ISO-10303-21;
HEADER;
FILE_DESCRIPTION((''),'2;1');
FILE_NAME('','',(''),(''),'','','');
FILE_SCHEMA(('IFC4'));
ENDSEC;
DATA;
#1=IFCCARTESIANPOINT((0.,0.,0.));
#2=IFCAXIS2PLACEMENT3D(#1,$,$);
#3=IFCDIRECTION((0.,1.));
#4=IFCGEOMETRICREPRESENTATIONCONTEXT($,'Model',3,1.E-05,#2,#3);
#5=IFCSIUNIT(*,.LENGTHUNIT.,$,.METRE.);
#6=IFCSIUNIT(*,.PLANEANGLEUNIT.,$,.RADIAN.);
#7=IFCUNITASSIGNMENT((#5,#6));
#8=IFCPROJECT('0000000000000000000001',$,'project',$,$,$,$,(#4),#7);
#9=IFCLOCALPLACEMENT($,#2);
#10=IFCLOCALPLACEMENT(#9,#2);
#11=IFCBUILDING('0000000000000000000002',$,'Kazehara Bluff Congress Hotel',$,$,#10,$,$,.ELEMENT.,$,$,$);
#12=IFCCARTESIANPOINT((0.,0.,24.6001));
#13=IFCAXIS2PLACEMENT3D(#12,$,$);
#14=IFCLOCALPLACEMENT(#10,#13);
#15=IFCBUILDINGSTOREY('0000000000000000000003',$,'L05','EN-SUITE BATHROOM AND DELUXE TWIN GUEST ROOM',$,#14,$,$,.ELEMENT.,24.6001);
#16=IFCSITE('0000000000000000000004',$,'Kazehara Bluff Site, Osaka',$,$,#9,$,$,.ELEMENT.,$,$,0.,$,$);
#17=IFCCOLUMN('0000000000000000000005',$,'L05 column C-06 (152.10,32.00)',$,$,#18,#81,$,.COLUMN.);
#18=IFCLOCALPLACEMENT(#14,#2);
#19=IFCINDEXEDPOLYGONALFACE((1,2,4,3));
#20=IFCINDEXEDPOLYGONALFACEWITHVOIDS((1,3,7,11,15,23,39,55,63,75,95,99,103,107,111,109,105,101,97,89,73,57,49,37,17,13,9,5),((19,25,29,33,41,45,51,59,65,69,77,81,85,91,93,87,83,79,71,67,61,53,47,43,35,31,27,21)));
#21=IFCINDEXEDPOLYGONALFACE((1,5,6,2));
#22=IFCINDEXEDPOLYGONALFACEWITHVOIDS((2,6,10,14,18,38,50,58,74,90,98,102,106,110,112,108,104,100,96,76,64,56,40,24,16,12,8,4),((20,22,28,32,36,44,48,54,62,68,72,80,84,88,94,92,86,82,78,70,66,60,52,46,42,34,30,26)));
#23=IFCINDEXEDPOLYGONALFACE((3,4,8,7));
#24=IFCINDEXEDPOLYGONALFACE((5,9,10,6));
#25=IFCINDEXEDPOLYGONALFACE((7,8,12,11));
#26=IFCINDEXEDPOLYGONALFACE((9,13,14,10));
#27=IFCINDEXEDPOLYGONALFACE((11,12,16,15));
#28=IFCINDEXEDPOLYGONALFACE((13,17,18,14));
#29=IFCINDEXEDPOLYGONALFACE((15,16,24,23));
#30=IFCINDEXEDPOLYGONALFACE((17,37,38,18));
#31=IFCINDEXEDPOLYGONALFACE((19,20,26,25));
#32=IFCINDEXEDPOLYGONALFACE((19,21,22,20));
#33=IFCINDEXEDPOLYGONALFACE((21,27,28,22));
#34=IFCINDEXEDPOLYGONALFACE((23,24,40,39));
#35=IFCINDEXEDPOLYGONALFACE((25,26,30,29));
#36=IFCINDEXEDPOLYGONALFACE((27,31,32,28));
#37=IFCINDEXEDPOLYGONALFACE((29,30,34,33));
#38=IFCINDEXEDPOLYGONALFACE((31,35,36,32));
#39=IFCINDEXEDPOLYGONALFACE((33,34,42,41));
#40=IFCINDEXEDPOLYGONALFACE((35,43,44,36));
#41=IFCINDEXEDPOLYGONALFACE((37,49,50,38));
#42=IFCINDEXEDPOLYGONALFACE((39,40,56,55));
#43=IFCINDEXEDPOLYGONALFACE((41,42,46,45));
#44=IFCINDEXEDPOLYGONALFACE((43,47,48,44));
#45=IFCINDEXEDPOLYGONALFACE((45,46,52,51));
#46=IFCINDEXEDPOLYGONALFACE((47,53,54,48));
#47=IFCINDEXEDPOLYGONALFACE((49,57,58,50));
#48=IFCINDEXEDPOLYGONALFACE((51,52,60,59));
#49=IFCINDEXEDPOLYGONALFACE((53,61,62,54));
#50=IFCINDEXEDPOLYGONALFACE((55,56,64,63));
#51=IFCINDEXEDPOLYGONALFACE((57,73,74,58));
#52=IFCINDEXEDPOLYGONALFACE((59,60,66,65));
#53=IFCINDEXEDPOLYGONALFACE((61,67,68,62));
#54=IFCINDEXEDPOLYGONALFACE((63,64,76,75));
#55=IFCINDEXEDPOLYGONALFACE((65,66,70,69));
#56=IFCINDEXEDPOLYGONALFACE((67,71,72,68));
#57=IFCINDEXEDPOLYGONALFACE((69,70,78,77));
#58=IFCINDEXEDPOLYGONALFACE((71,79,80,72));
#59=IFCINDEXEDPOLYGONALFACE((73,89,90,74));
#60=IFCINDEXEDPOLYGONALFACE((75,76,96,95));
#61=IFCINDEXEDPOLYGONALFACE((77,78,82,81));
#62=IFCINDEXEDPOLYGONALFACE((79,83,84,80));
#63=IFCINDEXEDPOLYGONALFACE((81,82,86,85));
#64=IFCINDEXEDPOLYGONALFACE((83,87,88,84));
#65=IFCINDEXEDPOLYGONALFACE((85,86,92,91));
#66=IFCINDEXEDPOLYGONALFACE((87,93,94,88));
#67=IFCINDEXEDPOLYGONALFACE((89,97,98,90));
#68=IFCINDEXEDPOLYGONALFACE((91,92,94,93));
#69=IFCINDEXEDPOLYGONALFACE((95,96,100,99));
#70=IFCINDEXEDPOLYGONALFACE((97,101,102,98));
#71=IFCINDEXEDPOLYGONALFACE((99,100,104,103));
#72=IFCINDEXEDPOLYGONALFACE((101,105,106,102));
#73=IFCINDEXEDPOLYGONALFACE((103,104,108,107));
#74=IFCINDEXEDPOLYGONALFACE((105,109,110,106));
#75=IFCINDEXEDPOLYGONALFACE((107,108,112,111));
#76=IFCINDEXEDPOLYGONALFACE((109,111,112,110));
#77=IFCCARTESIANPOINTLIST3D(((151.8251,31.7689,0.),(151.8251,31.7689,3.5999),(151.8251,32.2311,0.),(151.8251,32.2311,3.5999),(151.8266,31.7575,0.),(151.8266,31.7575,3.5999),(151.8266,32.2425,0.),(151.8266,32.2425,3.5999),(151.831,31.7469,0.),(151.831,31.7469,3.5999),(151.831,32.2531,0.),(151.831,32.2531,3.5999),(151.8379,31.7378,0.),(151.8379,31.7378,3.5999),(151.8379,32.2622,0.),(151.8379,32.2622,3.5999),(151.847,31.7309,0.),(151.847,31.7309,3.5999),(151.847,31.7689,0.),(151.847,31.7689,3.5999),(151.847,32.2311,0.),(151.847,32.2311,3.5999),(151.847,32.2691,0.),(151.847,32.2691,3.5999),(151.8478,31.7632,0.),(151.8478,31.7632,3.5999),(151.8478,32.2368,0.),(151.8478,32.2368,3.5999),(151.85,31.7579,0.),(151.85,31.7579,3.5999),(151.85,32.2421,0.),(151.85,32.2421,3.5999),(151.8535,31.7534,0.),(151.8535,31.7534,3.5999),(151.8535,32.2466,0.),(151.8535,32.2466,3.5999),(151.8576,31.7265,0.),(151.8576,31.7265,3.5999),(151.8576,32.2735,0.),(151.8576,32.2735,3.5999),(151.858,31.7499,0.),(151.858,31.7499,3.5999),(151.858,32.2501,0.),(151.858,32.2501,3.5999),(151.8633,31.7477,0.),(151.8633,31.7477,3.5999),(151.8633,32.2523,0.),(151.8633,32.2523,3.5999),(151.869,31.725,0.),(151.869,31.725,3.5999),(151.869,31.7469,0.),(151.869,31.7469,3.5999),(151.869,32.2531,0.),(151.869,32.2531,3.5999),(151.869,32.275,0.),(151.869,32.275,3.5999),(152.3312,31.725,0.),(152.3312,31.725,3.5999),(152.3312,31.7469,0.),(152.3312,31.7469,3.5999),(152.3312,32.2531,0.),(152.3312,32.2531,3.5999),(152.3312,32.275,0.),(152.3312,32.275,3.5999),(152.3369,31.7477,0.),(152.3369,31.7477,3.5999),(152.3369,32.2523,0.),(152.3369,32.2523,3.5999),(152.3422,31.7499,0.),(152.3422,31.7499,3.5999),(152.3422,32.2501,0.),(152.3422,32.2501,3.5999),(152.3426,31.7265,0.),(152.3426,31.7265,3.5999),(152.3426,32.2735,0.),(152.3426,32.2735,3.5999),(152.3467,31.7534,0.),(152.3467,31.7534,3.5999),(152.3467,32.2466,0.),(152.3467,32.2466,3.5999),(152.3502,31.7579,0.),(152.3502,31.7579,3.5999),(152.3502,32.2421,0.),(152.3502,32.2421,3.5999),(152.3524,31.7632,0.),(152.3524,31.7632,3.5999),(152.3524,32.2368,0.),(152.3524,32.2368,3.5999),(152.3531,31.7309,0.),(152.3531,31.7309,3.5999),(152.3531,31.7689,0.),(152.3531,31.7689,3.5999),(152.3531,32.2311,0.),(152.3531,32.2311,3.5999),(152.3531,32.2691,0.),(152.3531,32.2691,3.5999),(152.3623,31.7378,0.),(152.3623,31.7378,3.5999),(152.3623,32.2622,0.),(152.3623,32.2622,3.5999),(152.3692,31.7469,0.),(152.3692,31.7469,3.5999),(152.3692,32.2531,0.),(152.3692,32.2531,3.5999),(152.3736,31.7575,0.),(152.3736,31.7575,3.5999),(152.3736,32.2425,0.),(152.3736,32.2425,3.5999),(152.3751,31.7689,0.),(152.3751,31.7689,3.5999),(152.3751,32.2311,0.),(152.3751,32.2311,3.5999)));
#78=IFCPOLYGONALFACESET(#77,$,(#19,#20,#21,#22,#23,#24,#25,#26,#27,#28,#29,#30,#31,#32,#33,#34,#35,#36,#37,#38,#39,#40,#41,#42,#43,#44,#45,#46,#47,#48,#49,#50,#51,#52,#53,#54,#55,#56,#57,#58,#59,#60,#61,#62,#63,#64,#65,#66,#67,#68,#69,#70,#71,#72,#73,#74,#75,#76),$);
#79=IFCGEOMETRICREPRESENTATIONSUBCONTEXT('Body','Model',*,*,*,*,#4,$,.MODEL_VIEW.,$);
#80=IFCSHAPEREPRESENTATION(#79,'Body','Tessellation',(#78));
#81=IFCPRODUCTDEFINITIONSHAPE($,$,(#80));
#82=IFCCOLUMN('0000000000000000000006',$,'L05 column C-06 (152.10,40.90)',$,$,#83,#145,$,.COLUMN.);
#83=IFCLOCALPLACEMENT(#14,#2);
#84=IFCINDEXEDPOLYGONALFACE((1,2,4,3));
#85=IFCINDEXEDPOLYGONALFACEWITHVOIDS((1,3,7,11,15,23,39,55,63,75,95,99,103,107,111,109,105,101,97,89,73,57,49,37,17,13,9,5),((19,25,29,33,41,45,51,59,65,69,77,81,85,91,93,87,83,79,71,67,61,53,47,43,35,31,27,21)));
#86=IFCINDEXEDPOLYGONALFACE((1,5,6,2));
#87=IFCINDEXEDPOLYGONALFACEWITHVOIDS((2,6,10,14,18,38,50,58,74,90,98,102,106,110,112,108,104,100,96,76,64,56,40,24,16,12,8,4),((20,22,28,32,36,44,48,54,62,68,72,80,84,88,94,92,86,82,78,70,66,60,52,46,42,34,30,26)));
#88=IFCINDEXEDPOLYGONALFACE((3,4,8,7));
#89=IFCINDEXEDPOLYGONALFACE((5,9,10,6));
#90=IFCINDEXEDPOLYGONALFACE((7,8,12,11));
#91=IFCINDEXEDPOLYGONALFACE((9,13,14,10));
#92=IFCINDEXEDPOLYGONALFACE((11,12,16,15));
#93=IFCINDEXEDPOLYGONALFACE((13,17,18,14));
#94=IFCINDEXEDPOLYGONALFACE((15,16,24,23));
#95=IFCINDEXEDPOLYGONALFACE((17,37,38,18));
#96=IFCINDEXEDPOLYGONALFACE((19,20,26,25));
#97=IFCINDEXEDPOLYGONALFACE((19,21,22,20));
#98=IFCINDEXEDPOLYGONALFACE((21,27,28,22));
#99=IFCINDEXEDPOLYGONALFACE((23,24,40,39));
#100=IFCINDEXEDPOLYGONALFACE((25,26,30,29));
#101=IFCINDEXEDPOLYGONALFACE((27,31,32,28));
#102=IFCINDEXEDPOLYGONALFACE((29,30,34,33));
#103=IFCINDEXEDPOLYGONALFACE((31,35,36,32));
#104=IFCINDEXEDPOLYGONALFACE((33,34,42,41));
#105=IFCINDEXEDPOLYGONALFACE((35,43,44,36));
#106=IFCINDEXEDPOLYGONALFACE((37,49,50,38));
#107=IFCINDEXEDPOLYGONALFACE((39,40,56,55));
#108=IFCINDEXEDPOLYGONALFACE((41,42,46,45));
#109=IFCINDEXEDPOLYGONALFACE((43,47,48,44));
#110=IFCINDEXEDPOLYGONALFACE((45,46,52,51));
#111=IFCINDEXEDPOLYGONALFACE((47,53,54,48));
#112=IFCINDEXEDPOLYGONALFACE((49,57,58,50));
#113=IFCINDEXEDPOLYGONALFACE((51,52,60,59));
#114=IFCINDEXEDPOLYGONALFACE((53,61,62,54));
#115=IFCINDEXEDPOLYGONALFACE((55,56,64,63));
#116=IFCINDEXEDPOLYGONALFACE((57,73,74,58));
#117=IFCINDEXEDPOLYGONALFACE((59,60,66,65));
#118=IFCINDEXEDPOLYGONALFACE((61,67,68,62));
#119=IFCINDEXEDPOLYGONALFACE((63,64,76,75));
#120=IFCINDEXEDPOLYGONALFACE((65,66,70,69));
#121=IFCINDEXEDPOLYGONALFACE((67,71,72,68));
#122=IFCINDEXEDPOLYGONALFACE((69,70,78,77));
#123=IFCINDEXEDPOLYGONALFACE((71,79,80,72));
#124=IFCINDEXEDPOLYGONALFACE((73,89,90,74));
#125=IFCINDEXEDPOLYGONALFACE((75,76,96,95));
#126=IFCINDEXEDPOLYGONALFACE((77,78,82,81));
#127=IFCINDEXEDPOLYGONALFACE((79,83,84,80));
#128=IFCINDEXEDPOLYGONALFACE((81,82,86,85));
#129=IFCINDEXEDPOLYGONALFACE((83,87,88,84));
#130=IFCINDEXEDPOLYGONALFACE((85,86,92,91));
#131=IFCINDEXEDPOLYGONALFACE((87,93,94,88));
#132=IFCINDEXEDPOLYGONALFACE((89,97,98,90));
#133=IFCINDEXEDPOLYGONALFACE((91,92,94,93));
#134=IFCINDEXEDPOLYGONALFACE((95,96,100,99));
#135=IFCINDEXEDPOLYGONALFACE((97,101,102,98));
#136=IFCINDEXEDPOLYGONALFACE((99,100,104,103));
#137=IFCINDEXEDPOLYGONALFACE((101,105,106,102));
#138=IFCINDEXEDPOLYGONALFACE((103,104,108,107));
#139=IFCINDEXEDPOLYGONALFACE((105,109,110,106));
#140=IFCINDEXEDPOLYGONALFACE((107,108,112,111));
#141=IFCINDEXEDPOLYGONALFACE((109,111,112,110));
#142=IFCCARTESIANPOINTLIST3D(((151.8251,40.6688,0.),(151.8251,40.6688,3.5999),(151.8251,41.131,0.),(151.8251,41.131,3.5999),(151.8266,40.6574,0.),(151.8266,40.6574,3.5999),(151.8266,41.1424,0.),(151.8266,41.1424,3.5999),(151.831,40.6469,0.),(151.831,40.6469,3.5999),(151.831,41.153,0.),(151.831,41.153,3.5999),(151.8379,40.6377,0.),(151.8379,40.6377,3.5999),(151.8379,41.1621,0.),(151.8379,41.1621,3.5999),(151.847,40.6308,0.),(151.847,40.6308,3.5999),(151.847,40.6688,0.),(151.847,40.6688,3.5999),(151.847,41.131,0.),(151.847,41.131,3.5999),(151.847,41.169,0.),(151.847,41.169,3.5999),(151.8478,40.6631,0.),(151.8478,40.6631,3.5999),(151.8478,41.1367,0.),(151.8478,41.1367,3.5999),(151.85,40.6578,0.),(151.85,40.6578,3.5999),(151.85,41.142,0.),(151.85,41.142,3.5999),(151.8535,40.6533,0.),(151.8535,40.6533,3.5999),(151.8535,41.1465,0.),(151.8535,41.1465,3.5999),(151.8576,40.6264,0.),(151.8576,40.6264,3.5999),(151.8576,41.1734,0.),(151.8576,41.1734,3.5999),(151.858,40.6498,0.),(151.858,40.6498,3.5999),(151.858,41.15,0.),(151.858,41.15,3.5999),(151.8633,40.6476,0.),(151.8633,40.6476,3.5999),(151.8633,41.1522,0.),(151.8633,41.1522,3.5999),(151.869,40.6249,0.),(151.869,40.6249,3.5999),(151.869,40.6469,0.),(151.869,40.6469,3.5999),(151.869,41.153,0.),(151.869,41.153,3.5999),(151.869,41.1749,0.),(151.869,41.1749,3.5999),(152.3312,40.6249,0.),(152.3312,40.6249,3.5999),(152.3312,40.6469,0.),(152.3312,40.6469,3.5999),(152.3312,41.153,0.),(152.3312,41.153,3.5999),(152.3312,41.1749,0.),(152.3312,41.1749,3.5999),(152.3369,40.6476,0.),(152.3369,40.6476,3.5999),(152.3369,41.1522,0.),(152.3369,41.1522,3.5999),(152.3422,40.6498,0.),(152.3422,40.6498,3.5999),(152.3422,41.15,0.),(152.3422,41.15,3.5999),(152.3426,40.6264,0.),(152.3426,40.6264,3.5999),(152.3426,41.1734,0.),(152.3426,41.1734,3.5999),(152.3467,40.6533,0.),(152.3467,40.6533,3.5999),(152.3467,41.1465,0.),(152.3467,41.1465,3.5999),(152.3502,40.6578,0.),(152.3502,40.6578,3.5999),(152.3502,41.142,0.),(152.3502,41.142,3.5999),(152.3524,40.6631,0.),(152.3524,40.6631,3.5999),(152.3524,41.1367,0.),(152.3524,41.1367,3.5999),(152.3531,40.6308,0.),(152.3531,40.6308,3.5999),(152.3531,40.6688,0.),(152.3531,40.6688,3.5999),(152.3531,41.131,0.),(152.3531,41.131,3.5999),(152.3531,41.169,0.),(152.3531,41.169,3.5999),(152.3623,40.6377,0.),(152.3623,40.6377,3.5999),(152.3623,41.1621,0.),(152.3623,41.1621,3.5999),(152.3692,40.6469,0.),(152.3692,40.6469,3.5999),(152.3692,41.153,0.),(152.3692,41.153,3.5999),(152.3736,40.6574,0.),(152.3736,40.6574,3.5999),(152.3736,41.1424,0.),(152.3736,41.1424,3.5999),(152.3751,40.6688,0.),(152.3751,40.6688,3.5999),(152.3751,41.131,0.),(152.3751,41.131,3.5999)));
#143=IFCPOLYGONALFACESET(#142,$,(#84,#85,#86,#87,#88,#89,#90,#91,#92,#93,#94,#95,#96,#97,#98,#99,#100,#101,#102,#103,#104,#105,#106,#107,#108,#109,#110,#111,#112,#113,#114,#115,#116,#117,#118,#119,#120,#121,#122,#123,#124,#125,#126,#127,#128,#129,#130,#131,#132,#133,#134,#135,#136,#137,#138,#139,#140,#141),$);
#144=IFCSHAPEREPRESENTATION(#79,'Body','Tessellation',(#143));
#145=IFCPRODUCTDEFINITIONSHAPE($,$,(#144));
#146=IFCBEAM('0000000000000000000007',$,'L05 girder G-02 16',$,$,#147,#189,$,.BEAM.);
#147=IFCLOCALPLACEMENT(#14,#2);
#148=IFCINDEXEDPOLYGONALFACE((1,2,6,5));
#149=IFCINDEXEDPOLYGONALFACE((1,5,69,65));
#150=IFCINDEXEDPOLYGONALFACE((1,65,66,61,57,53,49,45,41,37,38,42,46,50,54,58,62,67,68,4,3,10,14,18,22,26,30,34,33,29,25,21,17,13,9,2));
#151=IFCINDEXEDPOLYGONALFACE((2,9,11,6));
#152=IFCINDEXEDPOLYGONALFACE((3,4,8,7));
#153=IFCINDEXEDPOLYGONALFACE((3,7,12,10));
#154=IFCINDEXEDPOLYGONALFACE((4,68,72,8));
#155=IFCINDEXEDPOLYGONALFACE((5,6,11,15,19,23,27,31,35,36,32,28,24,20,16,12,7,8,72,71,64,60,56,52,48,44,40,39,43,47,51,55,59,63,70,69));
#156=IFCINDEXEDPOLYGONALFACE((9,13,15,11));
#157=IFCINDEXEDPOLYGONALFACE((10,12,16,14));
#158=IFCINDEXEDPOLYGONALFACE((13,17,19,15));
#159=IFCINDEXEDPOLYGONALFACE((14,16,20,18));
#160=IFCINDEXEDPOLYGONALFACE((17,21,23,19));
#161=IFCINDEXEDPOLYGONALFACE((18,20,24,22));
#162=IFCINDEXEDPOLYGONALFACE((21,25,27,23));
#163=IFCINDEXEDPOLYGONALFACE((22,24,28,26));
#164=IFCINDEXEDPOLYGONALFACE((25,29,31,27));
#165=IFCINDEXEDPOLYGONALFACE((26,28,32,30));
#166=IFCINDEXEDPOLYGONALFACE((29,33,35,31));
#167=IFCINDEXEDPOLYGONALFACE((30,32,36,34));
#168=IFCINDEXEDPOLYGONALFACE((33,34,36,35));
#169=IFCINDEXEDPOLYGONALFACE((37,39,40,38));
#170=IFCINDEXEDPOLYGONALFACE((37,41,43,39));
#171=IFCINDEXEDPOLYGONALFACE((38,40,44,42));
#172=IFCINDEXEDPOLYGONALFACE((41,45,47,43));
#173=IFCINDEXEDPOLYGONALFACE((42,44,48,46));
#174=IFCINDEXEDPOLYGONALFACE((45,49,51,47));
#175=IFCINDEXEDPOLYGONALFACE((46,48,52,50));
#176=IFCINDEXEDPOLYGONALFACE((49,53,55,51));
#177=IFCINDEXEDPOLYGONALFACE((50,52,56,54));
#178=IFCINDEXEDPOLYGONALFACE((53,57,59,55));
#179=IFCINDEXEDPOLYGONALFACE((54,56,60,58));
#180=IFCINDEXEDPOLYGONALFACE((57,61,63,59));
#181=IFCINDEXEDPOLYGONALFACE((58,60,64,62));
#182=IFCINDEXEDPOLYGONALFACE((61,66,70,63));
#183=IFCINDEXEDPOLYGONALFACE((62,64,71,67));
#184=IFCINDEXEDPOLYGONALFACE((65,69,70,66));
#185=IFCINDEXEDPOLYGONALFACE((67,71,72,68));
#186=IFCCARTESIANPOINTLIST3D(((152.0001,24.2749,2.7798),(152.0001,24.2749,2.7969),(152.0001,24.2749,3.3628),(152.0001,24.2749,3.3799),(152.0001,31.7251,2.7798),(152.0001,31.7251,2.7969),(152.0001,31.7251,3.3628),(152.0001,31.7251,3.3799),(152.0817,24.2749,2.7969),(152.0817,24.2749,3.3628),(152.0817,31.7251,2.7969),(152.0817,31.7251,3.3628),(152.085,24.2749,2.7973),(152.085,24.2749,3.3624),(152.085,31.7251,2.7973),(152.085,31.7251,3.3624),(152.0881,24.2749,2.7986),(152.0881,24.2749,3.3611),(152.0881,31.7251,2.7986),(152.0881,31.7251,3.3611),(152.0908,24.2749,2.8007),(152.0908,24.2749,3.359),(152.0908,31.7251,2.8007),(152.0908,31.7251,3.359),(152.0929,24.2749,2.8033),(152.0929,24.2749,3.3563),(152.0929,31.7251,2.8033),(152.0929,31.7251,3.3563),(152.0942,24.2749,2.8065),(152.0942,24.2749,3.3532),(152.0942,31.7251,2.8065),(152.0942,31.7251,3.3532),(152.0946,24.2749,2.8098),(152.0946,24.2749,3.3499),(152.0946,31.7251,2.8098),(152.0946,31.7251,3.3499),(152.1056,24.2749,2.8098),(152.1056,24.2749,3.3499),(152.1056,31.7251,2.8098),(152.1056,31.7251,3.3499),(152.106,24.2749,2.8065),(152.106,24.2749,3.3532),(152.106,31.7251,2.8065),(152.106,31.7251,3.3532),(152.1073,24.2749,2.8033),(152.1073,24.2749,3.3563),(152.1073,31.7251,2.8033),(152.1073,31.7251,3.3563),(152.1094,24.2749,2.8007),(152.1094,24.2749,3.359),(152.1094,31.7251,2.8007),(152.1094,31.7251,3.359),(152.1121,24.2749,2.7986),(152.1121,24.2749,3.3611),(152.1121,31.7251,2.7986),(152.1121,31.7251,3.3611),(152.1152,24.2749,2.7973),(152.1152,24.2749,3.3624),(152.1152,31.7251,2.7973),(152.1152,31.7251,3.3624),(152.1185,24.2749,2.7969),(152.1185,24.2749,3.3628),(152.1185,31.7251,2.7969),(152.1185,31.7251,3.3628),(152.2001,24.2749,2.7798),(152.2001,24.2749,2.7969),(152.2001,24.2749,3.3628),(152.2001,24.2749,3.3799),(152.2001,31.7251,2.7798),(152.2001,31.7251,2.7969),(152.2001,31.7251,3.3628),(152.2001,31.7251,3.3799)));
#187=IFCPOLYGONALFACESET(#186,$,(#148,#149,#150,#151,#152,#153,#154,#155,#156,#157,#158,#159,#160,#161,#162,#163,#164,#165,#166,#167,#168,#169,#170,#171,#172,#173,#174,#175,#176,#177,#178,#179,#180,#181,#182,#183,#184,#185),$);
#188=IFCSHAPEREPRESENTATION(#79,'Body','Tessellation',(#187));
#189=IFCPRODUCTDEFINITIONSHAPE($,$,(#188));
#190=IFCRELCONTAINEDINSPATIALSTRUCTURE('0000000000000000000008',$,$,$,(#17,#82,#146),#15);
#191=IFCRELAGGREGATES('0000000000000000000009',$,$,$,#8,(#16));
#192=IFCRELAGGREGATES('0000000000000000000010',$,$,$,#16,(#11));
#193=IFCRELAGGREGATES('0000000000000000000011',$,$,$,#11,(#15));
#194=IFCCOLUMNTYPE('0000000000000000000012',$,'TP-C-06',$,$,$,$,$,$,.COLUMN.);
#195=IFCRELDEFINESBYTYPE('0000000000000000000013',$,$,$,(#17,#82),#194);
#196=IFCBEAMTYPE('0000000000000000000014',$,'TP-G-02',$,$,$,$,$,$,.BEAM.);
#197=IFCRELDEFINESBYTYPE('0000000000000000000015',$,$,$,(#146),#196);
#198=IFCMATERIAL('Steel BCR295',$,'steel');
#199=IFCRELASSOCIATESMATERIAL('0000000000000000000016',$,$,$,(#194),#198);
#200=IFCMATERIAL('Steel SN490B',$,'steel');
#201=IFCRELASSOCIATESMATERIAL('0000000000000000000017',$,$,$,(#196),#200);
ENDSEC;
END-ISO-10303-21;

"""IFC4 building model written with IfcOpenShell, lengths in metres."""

from ifc_helpers import new_model, si_unit, direction, frame, origin, origin_2d, place, context, subcontext, project, spatial, hollow_rectangle, i_section, extrude, material, material_profile, profile_set, type_object, element, save


model = new_model("IFC4")

# Units and contexts
model_context = context("Model", 3, precision=1e-05, world=origin(), true_north=direction((0.0, 1.0)))
body_context = subcontext(model_context, "Body", "Model", "MODEL_VIEW")
ifc_project = project(units=[si_unit("LENGTHUNIT", "METRE"), si_unit("PLANEANGLEUNIT", "RADIAN")], contexts=[model_context])

# Site, building, storey
site_placement = place(None, origin())
site = spatial("IfcSite", under=ifc_project, at=site_placement, Name="Kazehara Bluff Site, Osaka", CompositionType="ELEMENT", RefElevation=0.0)
building_placement = place(site_placement, origin())
building = spatial("IfcBuilding", under=site, at=building_placement, Name="Kazehara Bluff Congress Hotel", CompositionType="ELEMENT")
storey_placement = place(building_placement, frame((0.0, 0.0, 24.6001)))
storey = spatial("IfcBuildingStorey", under=building, at=storey_placement, Name="L05", Description="EN-SUITE BATHROOM AND DELUXE TWIN GUEST ROOM", CompositionType="ELEMENT", Elevation=24.6001)

# Columns
ifc_material_1 = material(Name="Steel BCR295", Category="steel")
ifc_material_profile_1 = material_profile(ifc_material_1, hollow_rectangle(XDim=0.55, YDim=0.55, WallThickness=0.022, InnerFilletRadius=0.022, OuterFilletRadius=0.0439, at=origin_2d()))
ifc_profile_set_1 = profile_set([ifc_material_profile_1], Name="Steel BCR295")
column_type = type_object("IfcColumnType", Name="TP-C-06", PredefinedType="COLUMN", material=ifc_profile_set_1)
for number, where, z_axis, x_axis, name in (
    (1, (152.1001, 32.0, 0.0), (0.0, 0.0, 1.0), (1.0, 0.0, 0.0), "L05 column C-06 (152.10,32.00)"),
    (2, (152.1001, 40.8999, 0.0), (0.0, 0.0, 1.0), (1.0, 0.0, 0.0), "L05 column C-06 (152.10,40.90)"),
):
    element("IfcColumn", number, at=place(storey_placement, frame(where, z_axis=z_axis, x_axis=x_axis)), inside=storey, type_object=column_type, Name=name, PredefinedType="COLUMN", context=body_context, shape_type="SweptSolid", body=[
        extrude(hollow_rectangle(XDim=0.55, YDim=0.55, WallThickness=0.022, InnerFilletRadius=0.022, OuterFilletRadius=0.0439, at=origin_2d()), origin(), (0.0, 0.0, 1.0), 3.5999),
    ])

# Beam
ifc_material_2 = material(Name="Steel SN490B", Category="steel")
ifc_material_profile_2 = material_profile(ifc_material_2, i_section(OverallWidth=0.2, OverallDepth=0.6001, WebThickness=0.011, FlangeThickness=0.0171, FilletRadius=0.0129, at=origin_2d()))
ifc_profile_set_2 = profile_set([ifc_material_profile_2], Name="Steel SN490B")
beam_type_1 = type_object("IfcBeamType", Name="TP-G-02", PredefinedType="BEAM", material=ifc_profile_set_2)
beam_1_placement = place(storey_placement, frame((152.1001, 24.2749, 3.0798), z_axis=(0.0, 1.0, 0.0), x_axis=(-1.0, 0.0, 0.0)))
element("IfcBeam", 3, at=beam_1_placement, inside=storey, type_object=beam_type_1, Name="L05 girder G-02 16", PredefinedType="BEAM", context=body_context, shape_type="SweptSolid", body=[
    extrude(i_section(OverallWidth=0.2, OverallDepth=0.6001, WebThickness=0.011, FlangeThickness=0.0171, FilletRadius=0.0129, at=origin_2d()), origin(), (0.0, 0.0, 1.0), 7.4502),
])

save(model, "model.ifc")
